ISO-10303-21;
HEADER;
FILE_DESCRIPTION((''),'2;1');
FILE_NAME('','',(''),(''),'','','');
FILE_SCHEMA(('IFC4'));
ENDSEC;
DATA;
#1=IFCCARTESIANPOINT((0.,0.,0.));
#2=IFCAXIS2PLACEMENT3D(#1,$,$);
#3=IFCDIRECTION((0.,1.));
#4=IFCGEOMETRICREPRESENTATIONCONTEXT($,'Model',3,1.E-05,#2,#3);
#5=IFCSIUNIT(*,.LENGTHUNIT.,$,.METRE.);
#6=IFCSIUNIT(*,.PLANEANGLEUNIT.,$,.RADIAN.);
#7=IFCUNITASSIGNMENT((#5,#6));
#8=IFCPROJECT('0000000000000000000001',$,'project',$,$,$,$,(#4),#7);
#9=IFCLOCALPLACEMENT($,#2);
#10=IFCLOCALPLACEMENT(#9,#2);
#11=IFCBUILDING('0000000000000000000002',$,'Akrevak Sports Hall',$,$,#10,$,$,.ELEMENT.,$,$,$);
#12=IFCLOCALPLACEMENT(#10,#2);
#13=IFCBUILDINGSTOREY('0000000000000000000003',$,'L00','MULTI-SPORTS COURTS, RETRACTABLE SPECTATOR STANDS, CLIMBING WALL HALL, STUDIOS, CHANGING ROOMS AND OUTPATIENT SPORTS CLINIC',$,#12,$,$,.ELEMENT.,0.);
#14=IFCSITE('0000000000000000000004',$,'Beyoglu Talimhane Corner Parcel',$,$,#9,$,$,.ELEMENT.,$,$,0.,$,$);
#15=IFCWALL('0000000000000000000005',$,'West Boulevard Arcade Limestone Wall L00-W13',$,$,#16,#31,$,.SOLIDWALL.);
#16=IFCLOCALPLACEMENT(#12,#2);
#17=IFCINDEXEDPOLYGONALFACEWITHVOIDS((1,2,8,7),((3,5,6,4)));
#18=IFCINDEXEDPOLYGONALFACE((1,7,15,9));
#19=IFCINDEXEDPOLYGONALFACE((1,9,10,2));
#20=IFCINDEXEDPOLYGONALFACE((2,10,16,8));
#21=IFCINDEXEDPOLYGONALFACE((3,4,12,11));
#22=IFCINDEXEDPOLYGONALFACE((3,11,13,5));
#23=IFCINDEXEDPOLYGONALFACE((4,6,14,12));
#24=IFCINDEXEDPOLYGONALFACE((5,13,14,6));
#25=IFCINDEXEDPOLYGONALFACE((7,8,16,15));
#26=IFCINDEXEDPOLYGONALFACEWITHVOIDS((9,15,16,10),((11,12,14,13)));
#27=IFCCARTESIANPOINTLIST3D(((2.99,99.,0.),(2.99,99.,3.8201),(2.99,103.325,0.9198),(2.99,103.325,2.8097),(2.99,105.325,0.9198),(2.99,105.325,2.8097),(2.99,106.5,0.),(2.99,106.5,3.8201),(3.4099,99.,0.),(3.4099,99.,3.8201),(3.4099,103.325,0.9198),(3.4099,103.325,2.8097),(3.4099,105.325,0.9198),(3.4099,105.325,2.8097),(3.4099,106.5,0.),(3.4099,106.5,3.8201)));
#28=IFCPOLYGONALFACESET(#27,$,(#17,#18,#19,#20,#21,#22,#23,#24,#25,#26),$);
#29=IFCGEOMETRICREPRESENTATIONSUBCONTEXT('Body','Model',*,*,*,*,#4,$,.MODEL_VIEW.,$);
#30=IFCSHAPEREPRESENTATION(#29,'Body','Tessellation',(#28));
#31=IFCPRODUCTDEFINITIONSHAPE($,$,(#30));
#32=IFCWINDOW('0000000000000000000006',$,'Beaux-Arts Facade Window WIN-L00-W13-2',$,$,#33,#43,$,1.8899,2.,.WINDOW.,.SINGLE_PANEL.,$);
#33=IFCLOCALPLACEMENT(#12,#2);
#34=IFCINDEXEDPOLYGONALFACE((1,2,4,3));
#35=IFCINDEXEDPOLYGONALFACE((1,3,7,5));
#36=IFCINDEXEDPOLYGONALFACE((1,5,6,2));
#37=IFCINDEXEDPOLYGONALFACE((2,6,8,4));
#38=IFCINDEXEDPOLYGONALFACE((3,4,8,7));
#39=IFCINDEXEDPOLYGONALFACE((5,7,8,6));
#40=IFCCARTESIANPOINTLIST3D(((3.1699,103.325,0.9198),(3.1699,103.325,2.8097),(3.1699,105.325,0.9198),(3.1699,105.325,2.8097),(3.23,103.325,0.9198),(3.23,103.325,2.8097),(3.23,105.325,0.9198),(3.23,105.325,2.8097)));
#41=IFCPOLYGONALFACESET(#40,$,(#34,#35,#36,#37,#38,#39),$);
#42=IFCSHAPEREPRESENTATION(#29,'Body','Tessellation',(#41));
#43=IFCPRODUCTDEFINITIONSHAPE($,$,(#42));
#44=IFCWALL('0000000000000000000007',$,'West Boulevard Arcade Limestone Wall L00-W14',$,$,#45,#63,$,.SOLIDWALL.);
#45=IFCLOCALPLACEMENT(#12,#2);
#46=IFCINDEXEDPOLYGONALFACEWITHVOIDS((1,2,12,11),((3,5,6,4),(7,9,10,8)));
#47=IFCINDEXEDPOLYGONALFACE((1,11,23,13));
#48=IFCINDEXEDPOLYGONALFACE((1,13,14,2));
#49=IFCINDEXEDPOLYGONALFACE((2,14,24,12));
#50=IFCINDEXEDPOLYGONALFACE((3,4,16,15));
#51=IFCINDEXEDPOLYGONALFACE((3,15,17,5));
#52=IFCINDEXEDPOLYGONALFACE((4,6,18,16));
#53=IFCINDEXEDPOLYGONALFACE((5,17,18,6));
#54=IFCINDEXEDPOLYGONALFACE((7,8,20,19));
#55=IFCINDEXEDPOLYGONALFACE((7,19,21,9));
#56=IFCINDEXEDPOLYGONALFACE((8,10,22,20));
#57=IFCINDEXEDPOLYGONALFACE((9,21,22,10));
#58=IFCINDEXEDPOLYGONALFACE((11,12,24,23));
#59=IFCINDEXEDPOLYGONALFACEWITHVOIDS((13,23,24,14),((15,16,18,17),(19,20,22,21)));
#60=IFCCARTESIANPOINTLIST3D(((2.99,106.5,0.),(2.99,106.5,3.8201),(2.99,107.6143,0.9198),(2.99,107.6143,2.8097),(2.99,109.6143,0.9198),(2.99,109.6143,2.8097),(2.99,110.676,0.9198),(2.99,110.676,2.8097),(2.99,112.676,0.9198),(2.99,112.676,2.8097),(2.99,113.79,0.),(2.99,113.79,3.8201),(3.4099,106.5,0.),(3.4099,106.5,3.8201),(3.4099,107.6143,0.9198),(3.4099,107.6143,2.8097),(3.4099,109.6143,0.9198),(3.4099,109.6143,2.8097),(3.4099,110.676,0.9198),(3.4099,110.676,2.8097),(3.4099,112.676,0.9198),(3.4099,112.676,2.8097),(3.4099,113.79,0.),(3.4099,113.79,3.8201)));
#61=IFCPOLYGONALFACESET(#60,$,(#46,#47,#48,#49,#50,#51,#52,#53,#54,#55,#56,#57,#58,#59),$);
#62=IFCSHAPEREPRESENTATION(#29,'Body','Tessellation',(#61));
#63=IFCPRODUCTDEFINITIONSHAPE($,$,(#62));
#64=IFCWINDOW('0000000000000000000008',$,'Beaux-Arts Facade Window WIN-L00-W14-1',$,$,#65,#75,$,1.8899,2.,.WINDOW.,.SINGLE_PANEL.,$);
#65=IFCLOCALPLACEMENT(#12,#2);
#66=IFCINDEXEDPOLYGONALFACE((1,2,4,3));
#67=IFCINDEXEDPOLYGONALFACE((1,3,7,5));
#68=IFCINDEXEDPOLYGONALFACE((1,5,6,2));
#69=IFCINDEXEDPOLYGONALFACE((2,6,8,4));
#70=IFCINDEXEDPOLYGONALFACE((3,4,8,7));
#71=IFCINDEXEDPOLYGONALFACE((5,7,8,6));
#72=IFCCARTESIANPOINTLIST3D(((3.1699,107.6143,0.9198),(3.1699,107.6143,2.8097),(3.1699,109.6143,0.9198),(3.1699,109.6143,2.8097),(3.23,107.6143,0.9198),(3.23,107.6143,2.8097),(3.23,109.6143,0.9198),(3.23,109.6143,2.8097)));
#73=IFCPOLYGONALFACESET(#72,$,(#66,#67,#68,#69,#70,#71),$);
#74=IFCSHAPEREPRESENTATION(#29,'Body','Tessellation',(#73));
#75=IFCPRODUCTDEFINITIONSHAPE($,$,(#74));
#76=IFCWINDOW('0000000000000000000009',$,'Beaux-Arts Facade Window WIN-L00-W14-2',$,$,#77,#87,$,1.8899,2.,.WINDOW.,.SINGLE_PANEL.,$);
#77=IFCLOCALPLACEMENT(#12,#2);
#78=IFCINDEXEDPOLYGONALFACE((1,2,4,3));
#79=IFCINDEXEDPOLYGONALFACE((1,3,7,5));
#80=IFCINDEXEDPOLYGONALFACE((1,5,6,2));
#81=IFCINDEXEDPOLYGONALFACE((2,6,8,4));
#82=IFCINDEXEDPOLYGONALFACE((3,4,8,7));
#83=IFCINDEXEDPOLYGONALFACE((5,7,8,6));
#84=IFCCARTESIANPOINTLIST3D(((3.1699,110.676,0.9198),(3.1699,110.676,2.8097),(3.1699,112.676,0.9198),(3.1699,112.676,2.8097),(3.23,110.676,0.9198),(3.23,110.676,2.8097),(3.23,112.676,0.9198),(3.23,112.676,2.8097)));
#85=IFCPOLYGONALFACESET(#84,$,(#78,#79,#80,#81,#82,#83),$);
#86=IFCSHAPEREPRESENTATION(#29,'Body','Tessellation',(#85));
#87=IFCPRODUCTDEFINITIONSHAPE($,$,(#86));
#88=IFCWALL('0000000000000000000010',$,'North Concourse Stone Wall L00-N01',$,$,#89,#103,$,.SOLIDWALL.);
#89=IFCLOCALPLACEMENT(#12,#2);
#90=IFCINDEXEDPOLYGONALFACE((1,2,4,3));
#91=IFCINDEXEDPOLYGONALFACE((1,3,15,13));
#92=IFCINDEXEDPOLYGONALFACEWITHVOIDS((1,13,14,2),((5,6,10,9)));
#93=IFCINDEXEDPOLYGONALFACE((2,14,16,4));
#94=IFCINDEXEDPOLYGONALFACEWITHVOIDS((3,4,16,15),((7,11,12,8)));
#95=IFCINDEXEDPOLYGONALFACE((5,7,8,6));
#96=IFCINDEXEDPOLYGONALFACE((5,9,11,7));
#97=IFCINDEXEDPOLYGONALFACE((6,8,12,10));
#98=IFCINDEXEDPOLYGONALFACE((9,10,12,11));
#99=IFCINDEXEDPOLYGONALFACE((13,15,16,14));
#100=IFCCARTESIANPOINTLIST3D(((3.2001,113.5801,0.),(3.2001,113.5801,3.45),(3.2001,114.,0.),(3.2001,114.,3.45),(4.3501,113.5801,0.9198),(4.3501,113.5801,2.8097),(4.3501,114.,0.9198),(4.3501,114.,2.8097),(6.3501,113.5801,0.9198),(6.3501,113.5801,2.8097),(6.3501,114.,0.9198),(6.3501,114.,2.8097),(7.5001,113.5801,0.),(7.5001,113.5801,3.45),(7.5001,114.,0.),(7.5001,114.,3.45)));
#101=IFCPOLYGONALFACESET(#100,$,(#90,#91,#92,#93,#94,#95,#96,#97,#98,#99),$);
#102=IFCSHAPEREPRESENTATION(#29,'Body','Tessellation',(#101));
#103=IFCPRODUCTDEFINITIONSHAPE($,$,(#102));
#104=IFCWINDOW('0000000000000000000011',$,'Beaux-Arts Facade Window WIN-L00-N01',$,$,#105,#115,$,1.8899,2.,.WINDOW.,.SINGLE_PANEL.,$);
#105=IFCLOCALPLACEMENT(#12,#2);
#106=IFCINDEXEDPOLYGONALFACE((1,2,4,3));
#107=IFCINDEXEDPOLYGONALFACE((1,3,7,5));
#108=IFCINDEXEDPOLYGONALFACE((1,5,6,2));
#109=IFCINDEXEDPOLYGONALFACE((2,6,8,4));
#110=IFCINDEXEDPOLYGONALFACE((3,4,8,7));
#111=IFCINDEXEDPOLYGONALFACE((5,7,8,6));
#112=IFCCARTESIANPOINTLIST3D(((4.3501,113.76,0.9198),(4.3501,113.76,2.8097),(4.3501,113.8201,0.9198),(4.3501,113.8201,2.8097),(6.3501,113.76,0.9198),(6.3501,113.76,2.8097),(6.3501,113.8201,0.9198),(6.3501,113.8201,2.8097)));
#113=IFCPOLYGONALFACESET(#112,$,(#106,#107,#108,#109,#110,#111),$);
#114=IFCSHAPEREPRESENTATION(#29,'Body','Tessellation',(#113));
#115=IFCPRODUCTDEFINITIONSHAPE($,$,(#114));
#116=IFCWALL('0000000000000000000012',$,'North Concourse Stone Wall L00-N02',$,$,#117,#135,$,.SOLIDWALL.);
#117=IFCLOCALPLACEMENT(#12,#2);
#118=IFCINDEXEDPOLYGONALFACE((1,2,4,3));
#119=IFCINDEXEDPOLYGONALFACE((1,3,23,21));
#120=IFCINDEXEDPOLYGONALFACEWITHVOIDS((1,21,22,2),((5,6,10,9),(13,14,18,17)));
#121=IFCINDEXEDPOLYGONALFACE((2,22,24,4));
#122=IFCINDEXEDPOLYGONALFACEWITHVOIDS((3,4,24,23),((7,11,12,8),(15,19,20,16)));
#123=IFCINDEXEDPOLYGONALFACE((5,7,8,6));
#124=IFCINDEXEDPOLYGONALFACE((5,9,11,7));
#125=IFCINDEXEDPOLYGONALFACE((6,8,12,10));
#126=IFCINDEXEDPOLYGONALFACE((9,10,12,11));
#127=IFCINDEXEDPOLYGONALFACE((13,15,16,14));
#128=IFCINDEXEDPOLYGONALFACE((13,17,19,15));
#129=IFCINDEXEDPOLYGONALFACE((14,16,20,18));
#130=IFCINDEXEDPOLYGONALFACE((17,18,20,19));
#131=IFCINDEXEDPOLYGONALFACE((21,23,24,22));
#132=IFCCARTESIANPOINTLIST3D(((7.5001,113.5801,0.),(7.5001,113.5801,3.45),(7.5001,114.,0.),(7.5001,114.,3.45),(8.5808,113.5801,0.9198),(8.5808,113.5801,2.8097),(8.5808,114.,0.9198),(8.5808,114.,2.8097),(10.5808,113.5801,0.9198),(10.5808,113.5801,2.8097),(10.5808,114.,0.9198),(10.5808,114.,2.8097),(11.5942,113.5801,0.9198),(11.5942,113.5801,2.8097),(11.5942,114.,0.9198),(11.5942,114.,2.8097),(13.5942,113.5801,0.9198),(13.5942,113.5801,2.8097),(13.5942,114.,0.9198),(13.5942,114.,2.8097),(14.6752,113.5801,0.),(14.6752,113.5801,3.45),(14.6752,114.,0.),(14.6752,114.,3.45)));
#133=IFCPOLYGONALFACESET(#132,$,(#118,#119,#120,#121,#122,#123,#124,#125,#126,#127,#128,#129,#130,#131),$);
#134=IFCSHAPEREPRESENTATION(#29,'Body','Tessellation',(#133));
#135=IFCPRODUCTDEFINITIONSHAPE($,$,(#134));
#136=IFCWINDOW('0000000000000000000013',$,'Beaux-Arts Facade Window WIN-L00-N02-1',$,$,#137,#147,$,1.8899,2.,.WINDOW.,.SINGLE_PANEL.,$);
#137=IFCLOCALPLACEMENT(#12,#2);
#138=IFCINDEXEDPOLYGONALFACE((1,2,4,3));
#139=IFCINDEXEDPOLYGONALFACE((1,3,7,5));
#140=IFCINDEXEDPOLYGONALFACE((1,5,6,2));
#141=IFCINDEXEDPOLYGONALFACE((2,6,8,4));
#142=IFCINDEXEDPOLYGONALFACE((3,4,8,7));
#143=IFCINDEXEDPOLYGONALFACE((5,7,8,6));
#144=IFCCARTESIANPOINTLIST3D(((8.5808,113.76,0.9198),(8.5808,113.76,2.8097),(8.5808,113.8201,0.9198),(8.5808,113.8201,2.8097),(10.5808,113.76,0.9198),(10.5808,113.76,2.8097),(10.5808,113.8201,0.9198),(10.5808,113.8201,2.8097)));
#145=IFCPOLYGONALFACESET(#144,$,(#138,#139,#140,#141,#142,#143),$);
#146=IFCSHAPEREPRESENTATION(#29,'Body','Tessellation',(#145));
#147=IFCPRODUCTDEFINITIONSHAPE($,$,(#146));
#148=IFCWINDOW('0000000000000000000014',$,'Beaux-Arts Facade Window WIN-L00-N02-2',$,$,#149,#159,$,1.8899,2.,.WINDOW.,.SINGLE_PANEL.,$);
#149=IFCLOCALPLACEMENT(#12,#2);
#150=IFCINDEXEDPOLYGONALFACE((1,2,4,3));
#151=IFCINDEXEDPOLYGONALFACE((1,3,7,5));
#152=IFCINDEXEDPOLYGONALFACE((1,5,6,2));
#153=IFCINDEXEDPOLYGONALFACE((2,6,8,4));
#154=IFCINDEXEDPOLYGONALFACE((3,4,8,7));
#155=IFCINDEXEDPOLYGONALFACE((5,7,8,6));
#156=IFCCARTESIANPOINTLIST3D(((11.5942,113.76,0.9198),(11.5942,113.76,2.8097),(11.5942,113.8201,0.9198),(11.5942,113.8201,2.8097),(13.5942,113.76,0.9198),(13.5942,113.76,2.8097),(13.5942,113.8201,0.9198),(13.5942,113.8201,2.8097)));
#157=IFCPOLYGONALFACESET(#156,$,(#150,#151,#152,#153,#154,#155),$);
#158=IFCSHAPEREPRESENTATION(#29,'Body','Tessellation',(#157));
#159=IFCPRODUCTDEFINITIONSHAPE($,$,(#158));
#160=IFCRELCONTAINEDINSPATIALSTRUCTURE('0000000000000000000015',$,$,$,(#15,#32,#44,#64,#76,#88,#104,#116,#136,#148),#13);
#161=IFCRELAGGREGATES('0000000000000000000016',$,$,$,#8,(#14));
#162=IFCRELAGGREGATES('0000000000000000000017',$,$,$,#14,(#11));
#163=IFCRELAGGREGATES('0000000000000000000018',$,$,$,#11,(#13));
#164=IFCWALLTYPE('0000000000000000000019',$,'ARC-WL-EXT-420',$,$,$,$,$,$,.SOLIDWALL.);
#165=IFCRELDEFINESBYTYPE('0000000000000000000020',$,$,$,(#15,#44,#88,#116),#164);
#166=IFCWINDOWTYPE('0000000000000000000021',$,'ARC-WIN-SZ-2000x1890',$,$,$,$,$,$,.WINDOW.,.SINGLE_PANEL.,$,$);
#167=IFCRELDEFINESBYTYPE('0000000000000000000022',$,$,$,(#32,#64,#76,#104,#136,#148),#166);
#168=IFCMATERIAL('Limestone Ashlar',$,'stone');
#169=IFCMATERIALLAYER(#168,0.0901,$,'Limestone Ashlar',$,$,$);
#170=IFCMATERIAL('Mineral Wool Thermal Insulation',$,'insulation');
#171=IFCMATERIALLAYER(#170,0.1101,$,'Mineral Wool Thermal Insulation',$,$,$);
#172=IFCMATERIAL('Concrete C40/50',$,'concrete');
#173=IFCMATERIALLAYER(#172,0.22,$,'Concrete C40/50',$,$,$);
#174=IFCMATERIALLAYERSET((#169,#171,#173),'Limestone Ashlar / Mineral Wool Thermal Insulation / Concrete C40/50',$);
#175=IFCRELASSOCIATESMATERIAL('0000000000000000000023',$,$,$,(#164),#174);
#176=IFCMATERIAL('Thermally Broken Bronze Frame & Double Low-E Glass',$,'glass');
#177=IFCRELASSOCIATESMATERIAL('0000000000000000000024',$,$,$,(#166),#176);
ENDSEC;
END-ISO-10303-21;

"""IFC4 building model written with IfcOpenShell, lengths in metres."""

from ifc_helpers import new_model, si_unit, direction, frame, frame_2d, origin, place, context, subcontext, project, spatial, rectangle, extrude, material, layer, layer_set, type_object, element, fill, save


model = new_model("IFC4")

# Units and contexts
model_context = context("Model", 3, precision=1e-05, world=origin(), true_north=direction((0.0, 1.0)))
body_context = subcontext(model_context, "Body", "Model", "MODEL_VIEW")
ifc_project = project(units=[si_unit("LENGTHUNIT", "METRE"), si_unit("PLANEANGLEUNIT", "RADIAN")], contexts=[model_context])

# Site, building, storey
site_placement = place(None, origin())
site = spatial("IfcSite", under=ifc_project, at=site_placement, Name="Beyoglu Talimhane Corner Parcel", CompositionType="ELEMENT", RefElevation=0.0)
building_placement = place(site_placement, origin())
building = spatial("IfcBuilding", under=site, at=building_placement, Name="Akrevak Sports Hall", CompositionType="ELEMENT")
storey_placement = place(building_placement, origin())
storey = spatial("IfcBuildingStorey", under=building, at=storey_placement, Name="L00", Description="MULTI-SPORTS COURTS, RETRACTABLE SPECTATOR STANDS, CLIMBING WALL HALL, STUDIOS, CHANGING ROOMS AND OUTPATIENT SPORTS CLINIC", CompositionType="ELEMENT", Elevation=0.0)

# Shared definitions
ifc_material_1 = material(Name="Concrete C40/50", Category="concrete")

# Shared definitions
ifc_material_2 = material(Name="Limestone Ashlar", Category="stone")
ifc_layer_1 = layer(ifc_material_2, 0.0901, Name="Limestone Ashlar")
ifc_material_3 = material(Name="Mineral Wool Thermal Insulation", Category="insulation")
ifc_layer_2 = layer(ifc_material_3, 0.1101, Name="Mineral Wool Thermal Insulation")
ifc_layer_3 = layer(ifc_material_1, 0.22, Name="Concrete C40/50")
ifc_layer_set_1 = layer_set([ifc_layer_1, ifc_layer_2, ifc_layer_3], Name="Limestone Ashlar / Mineral Wool Thermal Insulation / Concrete C40/50")
wall_type_1 = type_object("IfcWallType", Name="ARC-WL-EXT-420", PredefinedType="SOLIDWALL", material=ifc_layer_set_1)
ifc_material_4 = material(Name="Thermally Broken Bronze Frame & Double Low-E Glass", Category="glass")
window_type = type_object("IfcWindowType", Name="ARC-WIN-SZ-2000x1890", PartitioningType="SINGLE_PANEL", PredefinedType="WINDOW", material=ifc_material_4)

# Wall, opening, window
wall_1_placement = place(storey_placement, frame((3.2, 106.5, 0.0), z_axis=(0.0, 0.0, 1.0), x_axis=(0.0, -1.0, 0.0)))
wall_1 = element("IfcWall", 1, at=wall_1_placement, inside=storey, type_object=wall_type_1, Name="West Boulevard Arcade Limestone Wall L00-W13", PredefinedType="SOLIDWALL", context=body_context, shape_type="SweptSolid", body=[
    extrude(rectangle(XDim=7.5, YDim=0.4199, at=frame_2d((3.75, 0.0))), origin(), (0.0, 0.0, 1.0), 3.8201),
])
opening_1_placement = place(wall_1_placement, frame((1.175, 0.0, 0.9199)))
opening_1 = element("IfcOpeningElement", 2, at=opening_1_placement, cuts=wall_1, PredefinedType="OPENING", context=body_context, shape_type="SweptSolid", body=[
    extrude(rectangle(XDim=2.0, YDim=1.8899, at=frame_2d((1.0, 0.9448))), frame((0.0, 0.2219, 0.0), z_axis=(0.0, -1.0, 0.0), x_axis=(1.0, 0.0, 0.0)), (0.0, 0.0, 1.0), 0.4438),
])
window_1_placement = place(opening_1_placement, origin())
window_1 = element("IfcWindow", 3, at=window_1_placement, inside=storey, type_object=window_type, Name="Beaux-Arts Facade Window WIN-L00-W13-2", OverallHeight=1.8899, OverallWidth=2.0, PartitioningType="SINGLE_PANEL", PredefinedType="WINDOW", context=body_context, shape_type="SweptSolid", body=[
    extrude(rectangle(XDim=2.0, YDim=1.8899, at=frame_2d((1.0, 0.9448))), frame((0.0, 0.03, 0.0), z_axis=(0.0, -1.0, 0.0), x_axis=(1.0, 0.0, 0.0)), (0.0, 0.0, 1.0), 0.0601),
])
fill(opening_1, window_1)

# Wall, openings, windows
wall_2_placement = place(storey_placement, frame((3.2, 113.79, 0.0), z_axis=(0.0, 0.0, 1.0), x_axis=(0.0, -1.0, 0.0)))
wall_2 = element("IfcWall", 4, at=wall_2_placement, inside=storey, type_object=wall_type_1, Name="West Boulevard Arcade Limestone Wall L00-W14", PredefinedType="SOLIDWALL", context=body_context, shape_type="SweptSolid", body=[
    extrude(rectangle(XDim=7.29, YDim=0.4199, at=frame_2d((3.645, 0.0))), origin(), (0.0, 0.0, 1.0), 3.8201),
])
opening_2_placement = place(wall_2_placement, frame((4.1758, 0.0, 0.9199)))
opening_2 = element("IfcOpeningElement", 5, at=opening_2_placement, cuts=wall_2, PredefinedType="OPENING", context=body_context, shape_type="SweptSolid", body=[
    extrude(rectangle(XDim=2.0, YDim=1.8899, at=frame_2d((1.0, 0.9448))), frame((0.0, 0.2219, 0.0), z_axis=(0.0, -1.0, 0.0), x_axis=(1.0, 0.0, 0.0)), (0.0, 0.0, 1.0), 0.4438),
])
opening_3_placement = place(wall_2_placement, frame((1.114, 0.0, 0.9199)))
opening_3 = element("IfcOpeningElement", 6, at=opening_3_placement, cuts=wall_2, PredefinedType="OPENING", context=body_context, shape_type="SweptSolid", body=[
    extrude(rectangle(XDim=2.0, YDim=1.8899, at=frame_2d((1.0, 0.9448))), frame((0.0, 0.2219, 0.0), z_axis=(0.0, -1.0, 0.0), x_axis=(1.0, 0.0, 0.0)), (0.0, 0.0, 1.0), 0.4438),
])
window_2_placement = place(opening_2_placement, origin())
window_2 = element("IfcWindow", 7, at=window_2_placement, inside=storey, type_object=window_type, Name="Beaux-Arts Facade Window WIN-L00-W14-1", OverallHeight=1.8899, OverallWidth=2.0, PartitioningType="SINGLE_PANEL", PredefinedType="WINDOW", context=body_context, shape_type="SweptSolid", body=[
    extrude(rectangle(XDim=2.0, YDim=1.8899, at=frame_2d((1.0, 0.9448))), frame((0.0, 0.03, 0.0), z_axis=(0.0, -1.0, 0.0), x_axis=(1.0, 0.0, 0.0)), (0.0, 0.0, 1.0), 0.0601),
])
fill(opening_2, window_2)
window_3_placement = place(opening_3_placement, origin())
window_3 = element("IfcWindow", 8, at=window_3_placement, inside=storey, type_object=window_type, Name="Beaux-Arts Facade Window WIN-L00-W14-2", OverallHeight=1.8899, OverallWidth=2.0, PartitioningType="SINGLE_PANEL", PredefinedType="WINDOW", context=body_context, shape_type="SweptSolid", body=[
    extrude(rectangle(XDim=2.0, YDim=1.8899, at=frame_2d((1.0, 0.9448))), frame((0.0, 0.03, 0.0), z_axis=(0.0, -1.0, 0.0), x_axis=(1.0, 0.0, 0.0)), (0.0, 0.0, 1.0), 0.0601),
])
fill(opening_3, window_3)

# Wall, opening, window
wall_3_placement = place(storey_placement, frame((7.5, 113.79, 0.0), z_axis=(0.0, 0.0, 1.0), x_axis=(-1.0, 0.0, 0.0)))
wall_3 = element("IfcWall", 9, at=wall_3_placement, inside=storey, type_object=wall_type_1, Name="North Concourse Stone Wall L00-N01", PredefinedType="SOLIDWALL", context=body_context, shape_type="SweptSolid", body=[
    extrude(rectangle(XDim=4.3, YDim=0.4199, at=frame_2d((2.1499, 0.0))), origin(), (0.0, 0.0, 1.0), 3.45),
])
opening_4_placement = place(wall_3_placement, frame((1.1499, 0.0, 0.9199)))
opening_4 = element("IfcOpeningElement", 10, at=opening_4_placement, cuts=wall_3, PredefinedType="OPENING", context=body_context, shape_type="SweptSolid", body=[
    extrude(rectangle(XDim=2.0, YDim=1.8899, at=frame_2d((1.0, 0.9448))), frame((0.0, 0.2219, 0.0), z_axis=(0.0, -1.0, 0.0), x_axis=(1.0, 0.0, 0.0)), (0.0, 0.0, 1.0), 0.4438),
])
window_4_placement = place(opening_4_placement, origin())
window_4 = element("IfcWindow", 11, at=window_4_placement, inside=storey, type_object=window_type, Name="Beaux-Arts Facade Window WIN-L00-N01", OverallHeight=1.8899, OverallWidth=2.0, PartitioningType="SINGLE_PANEL", PredefinedType="WINDOW", context=body_context, shape_type="SweptSolid", body=[
    extrude(rectangle(XDim=2.0, YDim=1.8899, at=frame_2d((1.0, 0.9448))), frame((0.0, 0.03, 0.0), z_axis=(0.0, -1.0, 0.0), x_axis=(1.0, 0.0, 0.0)), (0.0, 0.0, 1.0), 0.0601),
])
fill(opening_4, window_4)

# Wall, openings, windows
wall_4_placement = place(storey_placement, frame((14.675, 113.79, 0.0), z_axis=(0.0, 0.0, 1.0), x_axis=(-1.0, 0.0, 0.0)))
wall_4 = element("IfcWall", 12, at=wall_4_placement, inside=storey, type_object=wall_type_1, Name="North Concourse Stone Wall L00-N02", PredefinedType="SOLIDWALL", context=body_context, shape_type="SweptSolid", body=[
    extrude(rectangle(XDim=7.175, YDim=0.4199, at=frame_2d((3.5874, 0.0))), origin(), (0.0, 0.0, 1.0), 3.45),
])
opening_5_placement = place(wall_4_placement, frame((4.0942, 0.0, 0.9199)))
opening_5 = element("IfcOpeningElement", 13, at=opening_5_placement, cuts=wall_4, PredefinedType="OPENING", context=body_context, shape_type="SweptSolid", body=[
    extrude(rectangle(XDim=2.0, YDim=1.8899, at=frame_2d((1.0, 0.9448))), frame((0.0, 0.2219, 0.0), z_axis=(0.0, -1.0, 0.0), x_axis=(1.0, 0.0, 0.0)), (0.0, 0.0, 1.0), 0.4438),
])
opening_6_placement = place(wall_4_placement, frame((1.0808, 0.0, 0.9199)))
opening_6 = element("IfcOpeningElement", 14, at=opening_6_placement, cuts=wall_4, PredefinedType="OPENING", context=body_context, shape_type="SweptSolid", body=[
    extrude(rectangle(XDim=2.0, YDim=1.8899, at=frame_2d((1.0, 0.9448))), frame((0.0, 0.2219, 0.0), z_axis=(0.0, -1.0, 0.0), x_axis=(1.0, 0.0, 0.0)), (0.0, 0.0, 1.0), 0.4438),
])
window_5_placement = place(opening_5_placement, origin())
window_5 = element("IfcWindow", 15, at=window_5_placement, inside=storey, type_object=window_type, Name="Beaux-Arts Facade Window WIN-L00-N02-1", OverallHeight=1.8899, OverallWidth=2.0, PartitioningType="SINGLE_PANEL", PredefinedType="WINDOW", context=body_context, shape_type="SweptSolid", body=[
    extrude(rectangle(XDim=2.0, YDim=1.8899, at=frame_2d((1.0, 0.9448))), frame((0.0, 0.03, 0.0), z_axis=(0.0, -1.0, 0.0), x_axis=(1.0, 0.0, 0.0)), (0.0, 0.0, 1.0), 0.0601),
])
fill(opening_5, window_5)
window_6_placement = place(opening_6_placement, origin())
window_6 = element("IfcWindow", 16, at=window_6_placement, inside=storey, type_object=window_type, Name="Beaux-Arts Facade Window WIN-L00-N02-2", OverallHeight=1.8899, OverallWidth=2.0, PartitioningType="SINGLE_PANEL", PredefinedType="WINDOW", context=body_context, shape_type="SweptSolid", body=[
    extrude(rectangle(XDim=2.0, YDim=1.8899, at=frame_2d((1.0, 0.9448))), frame((0.0, 0.03, 0.0), z_axis=(0.0, -1.0, 0.0), x_axis=(1.0, 0.0, 0.0)), (0.0, 0.0, 1.0), 0.0601),
])
fill(opening_6, window_6)

save(model, "model.ifc")
